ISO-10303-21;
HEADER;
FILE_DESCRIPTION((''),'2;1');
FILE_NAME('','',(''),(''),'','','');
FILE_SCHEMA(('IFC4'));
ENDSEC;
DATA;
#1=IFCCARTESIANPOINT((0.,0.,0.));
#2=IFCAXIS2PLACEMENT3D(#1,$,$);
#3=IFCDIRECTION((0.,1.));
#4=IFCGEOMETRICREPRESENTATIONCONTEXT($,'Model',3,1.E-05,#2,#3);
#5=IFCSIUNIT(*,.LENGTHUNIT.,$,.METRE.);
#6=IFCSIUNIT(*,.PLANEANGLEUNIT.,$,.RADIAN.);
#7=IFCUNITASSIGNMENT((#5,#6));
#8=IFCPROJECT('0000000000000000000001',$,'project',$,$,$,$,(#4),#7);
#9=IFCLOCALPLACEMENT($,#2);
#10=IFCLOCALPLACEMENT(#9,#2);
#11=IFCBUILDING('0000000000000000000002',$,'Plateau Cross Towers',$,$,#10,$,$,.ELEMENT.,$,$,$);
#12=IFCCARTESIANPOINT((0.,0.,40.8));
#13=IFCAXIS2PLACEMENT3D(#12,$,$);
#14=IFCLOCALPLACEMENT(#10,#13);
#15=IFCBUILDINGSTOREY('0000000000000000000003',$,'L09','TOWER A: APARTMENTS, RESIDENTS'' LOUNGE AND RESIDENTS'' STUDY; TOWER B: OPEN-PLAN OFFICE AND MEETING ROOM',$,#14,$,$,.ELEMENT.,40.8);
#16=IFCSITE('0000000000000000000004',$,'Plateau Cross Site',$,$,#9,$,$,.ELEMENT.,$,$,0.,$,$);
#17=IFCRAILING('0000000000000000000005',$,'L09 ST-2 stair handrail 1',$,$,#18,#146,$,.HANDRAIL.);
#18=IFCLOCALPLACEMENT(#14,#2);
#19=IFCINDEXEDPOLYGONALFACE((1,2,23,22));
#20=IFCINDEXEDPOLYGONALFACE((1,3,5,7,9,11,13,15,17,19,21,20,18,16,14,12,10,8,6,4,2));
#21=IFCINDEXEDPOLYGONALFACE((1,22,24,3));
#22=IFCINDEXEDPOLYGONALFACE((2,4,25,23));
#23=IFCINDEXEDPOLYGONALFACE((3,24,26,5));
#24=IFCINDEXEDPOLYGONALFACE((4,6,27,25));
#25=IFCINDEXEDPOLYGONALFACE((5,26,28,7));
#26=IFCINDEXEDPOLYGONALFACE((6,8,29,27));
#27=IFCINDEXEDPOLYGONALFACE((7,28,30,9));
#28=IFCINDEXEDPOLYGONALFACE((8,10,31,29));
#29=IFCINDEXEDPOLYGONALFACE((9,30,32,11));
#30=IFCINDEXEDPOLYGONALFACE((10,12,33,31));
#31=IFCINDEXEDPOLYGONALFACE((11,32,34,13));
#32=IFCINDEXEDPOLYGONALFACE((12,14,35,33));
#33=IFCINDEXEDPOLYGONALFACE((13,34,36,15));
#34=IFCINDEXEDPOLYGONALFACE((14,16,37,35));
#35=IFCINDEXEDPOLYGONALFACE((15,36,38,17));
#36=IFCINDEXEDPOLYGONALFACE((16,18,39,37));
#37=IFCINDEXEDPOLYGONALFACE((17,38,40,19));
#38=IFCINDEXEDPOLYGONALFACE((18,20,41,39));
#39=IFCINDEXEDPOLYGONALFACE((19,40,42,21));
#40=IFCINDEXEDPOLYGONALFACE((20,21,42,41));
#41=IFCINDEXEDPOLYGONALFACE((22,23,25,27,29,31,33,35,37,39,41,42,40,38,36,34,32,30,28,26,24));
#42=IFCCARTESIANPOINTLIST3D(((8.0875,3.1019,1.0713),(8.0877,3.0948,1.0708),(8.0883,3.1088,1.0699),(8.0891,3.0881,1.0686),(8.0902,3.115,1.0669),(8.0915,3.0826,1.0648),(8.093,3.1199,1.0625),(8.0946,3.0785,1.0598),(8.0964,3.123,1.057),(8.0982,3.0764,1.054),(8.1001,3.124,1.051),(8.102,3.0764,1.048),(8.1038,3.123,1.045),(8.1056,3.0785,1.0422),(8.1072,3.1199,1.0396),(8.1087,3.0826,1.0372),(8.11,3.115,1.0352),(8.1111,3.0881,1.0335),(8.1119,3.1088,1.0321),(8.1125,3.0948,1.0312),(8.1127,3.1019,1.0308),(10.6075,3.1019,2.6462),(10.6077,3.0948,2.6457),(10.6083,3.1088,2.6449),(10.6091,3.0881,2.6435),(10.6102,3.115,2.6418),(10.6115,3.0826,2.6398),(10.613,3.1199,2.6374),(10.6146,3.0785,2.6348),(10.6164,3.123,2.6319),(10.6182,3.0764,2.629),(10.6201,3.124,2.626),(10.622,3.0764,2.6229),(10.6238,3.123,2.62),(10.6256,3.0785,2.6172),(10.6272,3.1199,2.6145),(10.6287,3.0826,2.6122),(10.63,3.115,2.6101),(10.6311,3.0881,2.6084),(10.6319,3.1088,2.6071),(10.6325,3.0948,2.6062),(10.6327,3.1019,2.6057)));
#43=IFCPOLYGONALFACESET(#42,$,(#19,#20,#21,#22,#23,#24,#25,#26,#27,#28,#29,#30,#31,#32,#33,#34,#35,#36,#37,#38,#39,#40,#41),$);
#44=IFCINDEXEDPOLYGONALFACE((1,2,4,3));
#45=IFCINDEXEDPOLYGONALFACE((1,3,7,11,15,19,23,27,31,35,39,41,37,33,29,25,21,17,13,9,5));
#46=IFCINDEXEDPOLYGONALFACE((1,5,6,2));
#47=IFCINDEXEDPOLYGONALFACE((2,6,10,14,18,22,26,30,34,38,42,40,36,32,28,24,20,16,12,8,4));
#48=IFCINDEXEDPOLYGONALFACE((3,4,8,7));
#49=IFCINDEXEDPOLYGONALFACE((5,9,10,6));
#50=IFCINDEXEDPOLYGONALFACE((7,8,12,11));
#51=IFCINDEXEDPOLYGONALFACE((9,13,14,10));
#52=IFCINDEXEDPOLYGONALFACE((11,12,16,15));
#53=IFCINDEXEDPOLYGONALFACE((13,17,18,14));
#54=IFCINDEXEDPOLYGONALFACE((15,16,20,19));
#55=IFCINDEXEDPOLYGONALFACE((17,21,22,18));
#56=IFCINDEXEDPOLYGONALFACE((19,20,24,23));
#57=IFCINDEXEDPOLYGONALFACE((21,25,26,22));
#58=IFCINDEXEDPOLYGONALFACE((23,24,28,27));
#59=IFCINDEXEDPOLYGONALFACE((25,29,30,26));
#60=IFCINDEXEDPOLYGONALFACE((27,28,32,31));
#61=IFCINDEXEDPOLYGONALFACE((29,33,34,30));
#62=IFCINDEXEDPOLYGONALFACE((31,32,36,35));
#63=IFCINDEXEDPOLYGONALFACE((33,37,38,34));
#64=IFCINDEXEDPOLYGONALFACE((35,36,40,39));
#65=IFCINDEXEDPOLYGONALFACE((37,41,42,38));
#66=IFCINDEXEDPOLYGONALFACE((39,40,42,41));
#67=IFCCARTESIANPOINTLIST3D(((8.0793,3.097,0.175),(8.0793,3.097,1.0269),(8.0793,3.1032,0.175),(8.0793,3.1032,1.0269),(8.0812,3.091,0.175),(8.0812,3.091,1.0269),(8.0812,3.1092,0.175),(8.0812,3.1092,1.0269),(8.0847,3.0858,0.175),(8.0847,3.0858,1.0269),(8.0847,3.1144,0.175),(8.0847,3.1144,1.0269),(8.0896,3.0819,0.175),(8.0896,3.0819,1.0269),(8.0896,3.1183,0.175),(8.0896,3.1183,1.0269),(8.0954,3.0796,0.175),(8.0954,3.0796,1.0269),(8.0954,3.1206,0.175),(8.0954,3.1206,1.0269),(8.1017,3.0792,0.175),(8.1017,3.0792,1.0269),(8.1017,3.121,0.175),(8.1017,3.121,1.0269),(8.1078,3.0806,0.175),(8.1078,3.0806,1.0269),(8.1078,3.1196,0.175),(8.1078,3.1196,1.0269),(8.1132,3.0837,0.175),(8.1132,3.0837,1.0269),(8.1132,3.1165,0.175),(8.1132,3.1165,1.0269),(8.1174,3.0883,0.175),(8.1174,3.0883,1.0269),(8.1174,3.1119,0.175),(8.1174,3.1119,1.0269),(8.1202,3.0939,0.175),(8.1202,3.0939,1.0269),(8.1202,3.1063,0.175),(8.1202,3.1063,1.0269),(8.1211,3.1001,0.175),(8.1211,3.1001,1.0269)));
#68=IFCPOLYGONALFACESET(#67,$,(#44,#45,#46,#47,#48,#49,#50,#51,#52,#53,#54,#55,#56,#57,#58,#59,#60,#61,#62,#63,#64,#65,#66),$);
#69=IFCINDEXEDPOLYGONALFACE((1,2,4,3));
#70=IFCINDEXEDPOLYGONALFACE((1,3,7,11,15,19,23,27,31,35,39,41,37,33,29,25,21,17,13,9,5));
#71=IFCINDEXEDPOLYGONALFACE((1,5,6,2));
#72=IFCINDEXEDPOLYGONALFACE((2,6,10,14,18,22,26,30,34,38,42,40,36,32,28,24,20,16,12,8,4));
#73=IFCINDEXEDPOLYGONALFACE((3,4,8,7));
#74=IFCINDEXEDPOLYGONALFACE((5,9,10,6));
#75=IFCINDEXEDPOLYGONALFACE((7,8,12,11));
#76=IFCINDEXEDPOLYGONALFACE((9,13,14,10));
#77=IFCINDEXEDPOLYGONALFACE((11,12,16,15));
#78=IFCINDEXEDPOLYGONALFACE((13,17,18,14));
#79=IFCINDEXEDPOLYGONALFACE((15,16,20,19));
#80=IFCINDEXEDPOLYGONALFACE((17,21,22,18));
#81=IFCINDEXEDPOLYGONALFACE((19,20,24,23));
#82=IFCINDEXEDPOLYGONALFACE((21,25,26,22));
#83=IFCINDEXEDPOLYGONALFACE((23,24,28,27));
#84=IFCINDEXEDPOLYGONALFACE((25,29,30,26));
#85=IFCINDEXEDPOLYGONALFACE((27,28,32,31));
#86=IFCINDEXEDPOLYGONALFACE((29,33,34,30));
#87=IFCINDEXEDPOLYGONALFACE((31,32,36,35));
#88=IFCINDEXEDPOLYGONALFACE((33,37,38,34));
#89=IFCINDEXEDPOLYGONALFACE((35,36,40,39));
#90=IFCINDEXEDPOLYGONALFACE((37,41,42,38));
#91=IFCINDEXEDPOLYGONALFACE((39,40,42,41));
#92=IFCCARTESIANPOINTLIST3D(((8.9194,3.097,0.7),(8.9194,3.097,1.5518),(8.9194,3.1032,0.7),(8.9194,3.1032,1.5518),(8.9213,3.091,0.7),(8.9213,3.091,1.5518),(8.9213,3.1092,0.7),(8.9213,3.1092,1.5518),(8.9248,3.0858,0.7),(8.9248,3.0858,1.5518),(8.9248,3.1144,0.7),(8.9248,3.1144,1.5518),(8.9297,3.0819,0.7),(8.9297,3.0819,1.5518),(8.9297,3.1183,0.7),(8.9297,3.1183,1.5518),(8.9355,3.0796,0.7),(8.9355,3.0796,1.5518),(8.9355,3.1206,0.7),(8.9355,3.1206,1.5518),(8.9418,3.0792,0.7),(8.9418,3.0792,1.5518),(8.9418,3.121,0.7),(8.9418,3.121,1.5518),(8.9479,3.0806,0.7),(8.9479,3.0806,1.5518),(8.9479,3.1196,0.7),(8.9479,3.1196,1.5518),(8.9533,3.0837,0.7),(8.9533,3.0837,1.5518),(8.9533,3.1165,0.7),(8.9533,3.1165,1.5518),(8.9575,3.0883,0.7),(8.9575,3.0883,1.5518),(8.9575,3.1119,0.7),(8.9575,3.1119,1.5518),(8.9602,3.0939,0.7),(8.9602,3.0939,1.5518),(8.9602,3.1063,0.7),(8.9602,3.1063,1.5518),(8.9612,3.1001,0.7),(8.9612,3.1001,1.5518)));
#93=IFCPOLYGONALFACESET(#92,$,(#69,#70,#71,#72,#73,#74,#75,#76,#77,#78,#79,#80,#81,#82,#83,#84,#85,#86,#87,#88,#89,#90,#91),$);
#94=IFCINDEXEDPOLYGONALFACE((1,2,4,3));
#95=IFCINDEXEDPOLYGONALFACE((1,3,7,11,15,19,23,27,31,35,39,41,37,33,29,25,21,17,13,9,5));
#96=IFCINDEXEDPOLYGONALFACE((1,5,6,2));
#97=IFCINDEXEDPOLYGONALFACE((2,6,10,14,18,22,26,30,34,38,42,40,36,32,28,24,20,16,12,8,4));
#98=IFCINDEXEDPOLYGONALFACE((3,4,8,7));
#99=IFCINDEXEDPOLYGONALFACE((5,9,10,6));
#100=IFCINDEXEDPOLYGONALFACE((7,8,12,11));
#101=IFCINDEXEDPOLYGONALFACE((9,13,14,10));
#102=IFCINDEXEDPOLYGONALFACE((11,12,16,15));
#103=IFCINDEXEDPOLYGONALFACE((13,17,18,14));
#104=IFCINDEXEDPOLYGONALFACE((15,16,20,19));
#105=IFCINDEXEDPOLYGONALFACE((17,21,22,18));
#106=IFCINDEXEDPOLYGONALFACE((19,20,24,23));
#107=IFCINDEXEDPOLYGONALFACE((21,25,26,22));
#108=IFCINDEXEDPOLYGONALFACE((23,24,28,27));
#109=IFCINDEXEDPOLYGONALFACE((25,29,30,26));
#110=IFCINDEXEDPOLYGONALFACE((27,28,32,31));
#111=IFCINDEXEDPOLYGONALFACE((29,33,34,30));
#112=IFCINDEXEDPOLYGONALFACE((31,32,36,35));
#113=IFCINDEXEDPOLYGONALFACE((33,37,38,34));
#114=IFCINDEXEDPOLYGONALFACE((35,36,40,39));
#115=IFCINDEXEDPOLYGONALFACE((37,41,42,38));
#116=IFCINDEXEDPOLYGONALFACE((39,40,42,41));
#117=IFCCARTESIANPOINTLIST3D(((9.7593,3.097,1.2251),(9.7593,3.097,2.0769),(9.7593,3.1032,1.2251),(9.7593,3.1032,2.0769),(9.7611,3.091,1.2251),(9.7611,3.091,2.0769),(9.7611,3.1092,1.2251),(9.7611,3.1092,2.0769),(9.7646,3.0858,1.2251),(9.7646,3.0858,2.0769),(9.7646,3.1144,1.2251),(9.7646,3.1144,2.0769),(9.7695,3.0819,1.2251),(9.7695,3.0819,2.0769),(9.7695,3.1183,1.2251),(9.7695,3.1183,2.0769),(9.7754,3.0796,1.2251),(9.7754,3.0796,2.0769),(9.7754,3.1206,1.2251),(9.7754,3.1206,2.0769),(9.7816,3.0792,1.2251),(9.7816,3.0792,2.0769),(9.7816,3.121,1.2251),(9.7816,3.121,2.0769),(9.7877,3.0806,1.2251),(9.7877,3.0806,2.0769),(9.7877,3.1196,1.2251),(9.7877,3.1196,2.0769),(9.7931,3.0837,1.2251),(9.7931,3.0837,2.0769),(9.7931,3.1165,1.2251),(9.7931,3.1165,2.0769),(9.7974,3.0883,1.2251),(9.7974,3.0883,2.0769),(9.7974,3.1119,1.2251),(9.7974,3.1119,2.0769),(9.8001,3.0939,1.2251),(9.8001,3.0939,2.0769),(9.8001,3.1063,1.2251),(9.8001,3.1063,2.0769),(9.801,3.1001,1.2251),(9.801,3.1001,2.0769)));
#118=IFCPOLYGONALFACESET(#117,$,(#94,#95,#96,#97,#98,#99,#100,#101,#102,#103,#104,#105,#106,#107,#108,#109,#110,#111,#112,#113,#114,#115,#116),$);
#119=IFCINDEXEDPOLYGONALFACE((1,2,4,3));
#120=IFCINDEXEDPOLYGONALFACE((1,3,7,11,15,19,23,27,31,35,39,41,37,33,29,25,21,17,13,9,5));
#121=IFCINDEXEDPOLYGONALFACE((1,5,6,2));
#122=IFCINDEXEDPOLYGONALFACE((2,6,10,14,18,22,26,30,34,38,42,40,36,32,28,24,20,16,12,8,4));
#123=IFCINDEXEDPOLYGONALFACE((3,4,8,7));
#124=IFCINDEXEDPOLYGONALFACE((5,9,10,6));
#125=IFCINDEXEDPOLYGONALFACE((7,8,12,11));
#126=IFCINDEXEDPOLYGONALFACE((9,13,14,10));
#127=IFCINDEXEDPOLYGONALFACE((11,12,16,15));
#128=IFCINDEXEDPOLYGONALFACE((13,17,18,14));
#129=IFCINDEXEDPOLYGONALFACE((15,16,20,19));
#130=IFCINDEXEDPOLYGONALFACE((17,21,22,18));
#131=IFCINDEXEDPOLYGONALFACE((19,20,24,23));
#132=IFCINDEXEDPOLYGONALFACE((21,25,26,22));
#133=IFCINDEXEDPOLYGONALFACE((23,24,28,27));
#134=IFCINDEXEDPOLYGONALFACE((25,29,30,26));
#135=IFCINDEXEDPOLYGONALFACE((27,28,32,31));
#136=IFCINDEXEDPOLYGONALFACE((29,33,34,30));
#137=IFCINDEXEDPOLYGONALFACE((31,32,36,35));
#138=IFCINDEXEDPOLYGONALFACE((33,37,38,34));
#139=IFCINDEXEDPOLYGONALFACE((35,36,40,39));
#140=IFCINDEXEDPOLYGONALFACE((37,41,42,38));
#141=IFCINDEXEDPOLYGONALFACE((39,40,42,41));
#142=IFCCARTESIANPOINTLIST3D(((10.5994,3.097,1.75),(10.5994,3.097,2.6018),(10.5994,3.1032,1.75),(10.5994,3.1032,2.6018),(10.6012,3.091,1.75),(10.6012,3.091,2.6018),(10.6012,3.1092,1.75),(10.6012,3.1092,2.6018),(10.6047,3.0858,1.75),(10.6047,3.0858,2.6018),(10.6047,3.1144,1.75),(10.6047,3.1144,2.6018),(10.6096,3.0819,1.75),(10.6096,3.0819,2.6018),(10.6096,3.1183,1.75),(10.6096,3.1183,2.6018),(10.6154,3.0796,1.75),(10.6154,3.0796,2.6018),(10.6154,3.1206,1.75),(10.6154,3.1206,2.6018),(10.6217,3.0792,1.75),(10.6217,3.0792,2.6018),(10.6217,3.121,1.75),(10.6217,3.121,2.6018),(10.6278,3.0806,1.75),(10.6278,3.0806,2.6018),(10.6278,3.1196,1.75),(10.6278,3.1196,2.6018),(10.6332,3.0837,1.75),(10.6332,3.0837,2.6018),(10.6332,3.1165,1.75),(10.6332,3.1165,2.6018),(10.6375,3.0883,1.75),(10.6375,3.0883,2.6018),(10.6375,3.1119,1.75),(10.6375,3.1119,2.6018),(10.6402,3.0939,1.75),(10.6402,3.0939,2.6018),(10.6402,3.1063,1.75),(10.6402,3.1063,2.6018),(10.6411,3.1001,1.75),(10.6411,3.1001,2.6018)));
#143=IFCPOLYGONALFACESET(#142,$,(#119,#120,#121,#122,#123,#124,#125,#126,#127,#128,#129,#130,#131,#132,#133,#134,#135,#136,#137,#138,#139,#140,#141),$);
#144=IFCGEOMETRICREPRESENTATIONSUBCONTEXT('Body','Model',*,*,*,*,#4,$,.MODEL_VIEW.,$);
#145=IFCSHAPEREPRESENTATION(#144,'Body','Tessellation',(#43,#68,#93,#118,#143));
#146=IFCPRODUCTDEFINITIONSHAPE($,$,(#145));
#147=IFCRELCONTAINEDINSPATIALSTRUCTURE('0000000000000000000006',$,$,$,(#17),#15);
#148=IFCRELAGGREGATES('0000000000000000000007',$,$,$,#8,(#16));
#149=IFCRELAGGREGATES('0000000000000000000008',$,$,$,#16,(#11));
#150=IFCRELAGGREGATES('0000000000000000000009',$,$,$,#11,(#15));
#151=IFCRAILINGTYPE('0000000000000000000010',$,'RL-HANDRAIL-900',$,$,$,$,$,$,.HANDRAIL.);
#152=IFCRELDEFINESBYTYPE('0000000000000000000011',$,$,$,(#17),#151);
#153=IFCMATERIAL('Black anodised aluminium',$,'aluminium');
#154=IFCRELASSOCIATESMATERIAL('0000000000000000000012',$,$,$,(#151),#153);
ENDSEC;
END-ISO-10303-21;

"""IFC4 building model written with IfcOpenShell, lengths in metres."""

from ifc_helpers import new_model, si_unit, direction, frame, origin, origin_2d, place, context, subcontext, project, spatial, circle, extrude, material, type_object, element, save


model = new_model("IFC4")

# Units and contexts
model_context = context("Model", 3, precision=1e-05, world=origin(), true_north=direction((0.0, 1.0)))
body_context = subcontext(model_context, "Body", "Model", "MODEL_VIEW")
ifc_project = project(units=[si_unit("LENGTHUNIT", "METRE"), si_unit("PLANEANGLEUNIT", "RADIAN")], contexts=[model_context])

# Site, building, storey
site_placement = place(None, origin())
site = spatial("IfcSite", under=ifc_project, at=site_placement, Name="Plateau Cross Site", CompositionType="ELEMENT", RefElevation=0.0)
building_placement = place(site_placement, origin())
building = spatial("IfcBuilding", under=site, at=building_placement, Name="Plateau Cross Towers", CompositionType="ELEMENT")
storey_placement = place(building_placement, frame((0.0, 0.0, 40.8)))
storey = spatial("IfcBuildingStorey", under=building, at=storey_placement, Name="L09", Description="TOWER A: APARTMENTS, RESIDENTS' LOUNGE AND RESIDENTS' STUDY; TOWER B: OPEN-PLAN OFFICE AND MEETING ROOM", CompositionType="ELEMENT", Elevation=40.8)

# Shared definitions
ifc_material_1 = material(Name="Black anodised aluminium", Category="aluminium")

# Railing
railing_type_1 = type_object("IfcRailingType", Name="RL-HANDRAIL-900", PredefinedType="HANDRAIL", material=ifc_material_1)
railing_placement = place(storey_placement, frame((8.1001, 3.1001, 0.175)))
element("IfcRailing", 1, at=railing_placement, inside=storey, type_object=railing_type_1, Name="L09 ST-2 stair handrail 1", PredefinedType="HANDRAIL", context=body_context, shape_type="SweptSolid", body=[
    extrude(circle(Radius=0.0239, at=origin_2d()), frame((0.0, 0.0, 0.876), z_axis=(0.848008, 0.0, 0.529984), x_axis=(0.0, 1.0, 0.0)), (0.0, 0.0, 1.0), 2.9717),
    extrude(circle(Radius=0.021, at=origin_2d()), origin(), (0.0, 0.0, 1.0), 0.8518),
    extrude(circle(Radius=0.021, at=origin_2d()), frame((0.8401, 0.0, 0.5249)), (0.0, 0.0, 1.0), 0.8518),
    extrude(circle(Radius=0.021, at=origin_2d()), frame((1.6799, 0.0, 1.05)), (0.0, 0.0, 1.0), 0.8518),
    extrude(circle(Radius=0.021, at=origin_2d()), frame((2.52, 0.0, 1.575)), (0.0, 0.0, 1.0), 0.8518),
])

save(model, "model.ifc")
